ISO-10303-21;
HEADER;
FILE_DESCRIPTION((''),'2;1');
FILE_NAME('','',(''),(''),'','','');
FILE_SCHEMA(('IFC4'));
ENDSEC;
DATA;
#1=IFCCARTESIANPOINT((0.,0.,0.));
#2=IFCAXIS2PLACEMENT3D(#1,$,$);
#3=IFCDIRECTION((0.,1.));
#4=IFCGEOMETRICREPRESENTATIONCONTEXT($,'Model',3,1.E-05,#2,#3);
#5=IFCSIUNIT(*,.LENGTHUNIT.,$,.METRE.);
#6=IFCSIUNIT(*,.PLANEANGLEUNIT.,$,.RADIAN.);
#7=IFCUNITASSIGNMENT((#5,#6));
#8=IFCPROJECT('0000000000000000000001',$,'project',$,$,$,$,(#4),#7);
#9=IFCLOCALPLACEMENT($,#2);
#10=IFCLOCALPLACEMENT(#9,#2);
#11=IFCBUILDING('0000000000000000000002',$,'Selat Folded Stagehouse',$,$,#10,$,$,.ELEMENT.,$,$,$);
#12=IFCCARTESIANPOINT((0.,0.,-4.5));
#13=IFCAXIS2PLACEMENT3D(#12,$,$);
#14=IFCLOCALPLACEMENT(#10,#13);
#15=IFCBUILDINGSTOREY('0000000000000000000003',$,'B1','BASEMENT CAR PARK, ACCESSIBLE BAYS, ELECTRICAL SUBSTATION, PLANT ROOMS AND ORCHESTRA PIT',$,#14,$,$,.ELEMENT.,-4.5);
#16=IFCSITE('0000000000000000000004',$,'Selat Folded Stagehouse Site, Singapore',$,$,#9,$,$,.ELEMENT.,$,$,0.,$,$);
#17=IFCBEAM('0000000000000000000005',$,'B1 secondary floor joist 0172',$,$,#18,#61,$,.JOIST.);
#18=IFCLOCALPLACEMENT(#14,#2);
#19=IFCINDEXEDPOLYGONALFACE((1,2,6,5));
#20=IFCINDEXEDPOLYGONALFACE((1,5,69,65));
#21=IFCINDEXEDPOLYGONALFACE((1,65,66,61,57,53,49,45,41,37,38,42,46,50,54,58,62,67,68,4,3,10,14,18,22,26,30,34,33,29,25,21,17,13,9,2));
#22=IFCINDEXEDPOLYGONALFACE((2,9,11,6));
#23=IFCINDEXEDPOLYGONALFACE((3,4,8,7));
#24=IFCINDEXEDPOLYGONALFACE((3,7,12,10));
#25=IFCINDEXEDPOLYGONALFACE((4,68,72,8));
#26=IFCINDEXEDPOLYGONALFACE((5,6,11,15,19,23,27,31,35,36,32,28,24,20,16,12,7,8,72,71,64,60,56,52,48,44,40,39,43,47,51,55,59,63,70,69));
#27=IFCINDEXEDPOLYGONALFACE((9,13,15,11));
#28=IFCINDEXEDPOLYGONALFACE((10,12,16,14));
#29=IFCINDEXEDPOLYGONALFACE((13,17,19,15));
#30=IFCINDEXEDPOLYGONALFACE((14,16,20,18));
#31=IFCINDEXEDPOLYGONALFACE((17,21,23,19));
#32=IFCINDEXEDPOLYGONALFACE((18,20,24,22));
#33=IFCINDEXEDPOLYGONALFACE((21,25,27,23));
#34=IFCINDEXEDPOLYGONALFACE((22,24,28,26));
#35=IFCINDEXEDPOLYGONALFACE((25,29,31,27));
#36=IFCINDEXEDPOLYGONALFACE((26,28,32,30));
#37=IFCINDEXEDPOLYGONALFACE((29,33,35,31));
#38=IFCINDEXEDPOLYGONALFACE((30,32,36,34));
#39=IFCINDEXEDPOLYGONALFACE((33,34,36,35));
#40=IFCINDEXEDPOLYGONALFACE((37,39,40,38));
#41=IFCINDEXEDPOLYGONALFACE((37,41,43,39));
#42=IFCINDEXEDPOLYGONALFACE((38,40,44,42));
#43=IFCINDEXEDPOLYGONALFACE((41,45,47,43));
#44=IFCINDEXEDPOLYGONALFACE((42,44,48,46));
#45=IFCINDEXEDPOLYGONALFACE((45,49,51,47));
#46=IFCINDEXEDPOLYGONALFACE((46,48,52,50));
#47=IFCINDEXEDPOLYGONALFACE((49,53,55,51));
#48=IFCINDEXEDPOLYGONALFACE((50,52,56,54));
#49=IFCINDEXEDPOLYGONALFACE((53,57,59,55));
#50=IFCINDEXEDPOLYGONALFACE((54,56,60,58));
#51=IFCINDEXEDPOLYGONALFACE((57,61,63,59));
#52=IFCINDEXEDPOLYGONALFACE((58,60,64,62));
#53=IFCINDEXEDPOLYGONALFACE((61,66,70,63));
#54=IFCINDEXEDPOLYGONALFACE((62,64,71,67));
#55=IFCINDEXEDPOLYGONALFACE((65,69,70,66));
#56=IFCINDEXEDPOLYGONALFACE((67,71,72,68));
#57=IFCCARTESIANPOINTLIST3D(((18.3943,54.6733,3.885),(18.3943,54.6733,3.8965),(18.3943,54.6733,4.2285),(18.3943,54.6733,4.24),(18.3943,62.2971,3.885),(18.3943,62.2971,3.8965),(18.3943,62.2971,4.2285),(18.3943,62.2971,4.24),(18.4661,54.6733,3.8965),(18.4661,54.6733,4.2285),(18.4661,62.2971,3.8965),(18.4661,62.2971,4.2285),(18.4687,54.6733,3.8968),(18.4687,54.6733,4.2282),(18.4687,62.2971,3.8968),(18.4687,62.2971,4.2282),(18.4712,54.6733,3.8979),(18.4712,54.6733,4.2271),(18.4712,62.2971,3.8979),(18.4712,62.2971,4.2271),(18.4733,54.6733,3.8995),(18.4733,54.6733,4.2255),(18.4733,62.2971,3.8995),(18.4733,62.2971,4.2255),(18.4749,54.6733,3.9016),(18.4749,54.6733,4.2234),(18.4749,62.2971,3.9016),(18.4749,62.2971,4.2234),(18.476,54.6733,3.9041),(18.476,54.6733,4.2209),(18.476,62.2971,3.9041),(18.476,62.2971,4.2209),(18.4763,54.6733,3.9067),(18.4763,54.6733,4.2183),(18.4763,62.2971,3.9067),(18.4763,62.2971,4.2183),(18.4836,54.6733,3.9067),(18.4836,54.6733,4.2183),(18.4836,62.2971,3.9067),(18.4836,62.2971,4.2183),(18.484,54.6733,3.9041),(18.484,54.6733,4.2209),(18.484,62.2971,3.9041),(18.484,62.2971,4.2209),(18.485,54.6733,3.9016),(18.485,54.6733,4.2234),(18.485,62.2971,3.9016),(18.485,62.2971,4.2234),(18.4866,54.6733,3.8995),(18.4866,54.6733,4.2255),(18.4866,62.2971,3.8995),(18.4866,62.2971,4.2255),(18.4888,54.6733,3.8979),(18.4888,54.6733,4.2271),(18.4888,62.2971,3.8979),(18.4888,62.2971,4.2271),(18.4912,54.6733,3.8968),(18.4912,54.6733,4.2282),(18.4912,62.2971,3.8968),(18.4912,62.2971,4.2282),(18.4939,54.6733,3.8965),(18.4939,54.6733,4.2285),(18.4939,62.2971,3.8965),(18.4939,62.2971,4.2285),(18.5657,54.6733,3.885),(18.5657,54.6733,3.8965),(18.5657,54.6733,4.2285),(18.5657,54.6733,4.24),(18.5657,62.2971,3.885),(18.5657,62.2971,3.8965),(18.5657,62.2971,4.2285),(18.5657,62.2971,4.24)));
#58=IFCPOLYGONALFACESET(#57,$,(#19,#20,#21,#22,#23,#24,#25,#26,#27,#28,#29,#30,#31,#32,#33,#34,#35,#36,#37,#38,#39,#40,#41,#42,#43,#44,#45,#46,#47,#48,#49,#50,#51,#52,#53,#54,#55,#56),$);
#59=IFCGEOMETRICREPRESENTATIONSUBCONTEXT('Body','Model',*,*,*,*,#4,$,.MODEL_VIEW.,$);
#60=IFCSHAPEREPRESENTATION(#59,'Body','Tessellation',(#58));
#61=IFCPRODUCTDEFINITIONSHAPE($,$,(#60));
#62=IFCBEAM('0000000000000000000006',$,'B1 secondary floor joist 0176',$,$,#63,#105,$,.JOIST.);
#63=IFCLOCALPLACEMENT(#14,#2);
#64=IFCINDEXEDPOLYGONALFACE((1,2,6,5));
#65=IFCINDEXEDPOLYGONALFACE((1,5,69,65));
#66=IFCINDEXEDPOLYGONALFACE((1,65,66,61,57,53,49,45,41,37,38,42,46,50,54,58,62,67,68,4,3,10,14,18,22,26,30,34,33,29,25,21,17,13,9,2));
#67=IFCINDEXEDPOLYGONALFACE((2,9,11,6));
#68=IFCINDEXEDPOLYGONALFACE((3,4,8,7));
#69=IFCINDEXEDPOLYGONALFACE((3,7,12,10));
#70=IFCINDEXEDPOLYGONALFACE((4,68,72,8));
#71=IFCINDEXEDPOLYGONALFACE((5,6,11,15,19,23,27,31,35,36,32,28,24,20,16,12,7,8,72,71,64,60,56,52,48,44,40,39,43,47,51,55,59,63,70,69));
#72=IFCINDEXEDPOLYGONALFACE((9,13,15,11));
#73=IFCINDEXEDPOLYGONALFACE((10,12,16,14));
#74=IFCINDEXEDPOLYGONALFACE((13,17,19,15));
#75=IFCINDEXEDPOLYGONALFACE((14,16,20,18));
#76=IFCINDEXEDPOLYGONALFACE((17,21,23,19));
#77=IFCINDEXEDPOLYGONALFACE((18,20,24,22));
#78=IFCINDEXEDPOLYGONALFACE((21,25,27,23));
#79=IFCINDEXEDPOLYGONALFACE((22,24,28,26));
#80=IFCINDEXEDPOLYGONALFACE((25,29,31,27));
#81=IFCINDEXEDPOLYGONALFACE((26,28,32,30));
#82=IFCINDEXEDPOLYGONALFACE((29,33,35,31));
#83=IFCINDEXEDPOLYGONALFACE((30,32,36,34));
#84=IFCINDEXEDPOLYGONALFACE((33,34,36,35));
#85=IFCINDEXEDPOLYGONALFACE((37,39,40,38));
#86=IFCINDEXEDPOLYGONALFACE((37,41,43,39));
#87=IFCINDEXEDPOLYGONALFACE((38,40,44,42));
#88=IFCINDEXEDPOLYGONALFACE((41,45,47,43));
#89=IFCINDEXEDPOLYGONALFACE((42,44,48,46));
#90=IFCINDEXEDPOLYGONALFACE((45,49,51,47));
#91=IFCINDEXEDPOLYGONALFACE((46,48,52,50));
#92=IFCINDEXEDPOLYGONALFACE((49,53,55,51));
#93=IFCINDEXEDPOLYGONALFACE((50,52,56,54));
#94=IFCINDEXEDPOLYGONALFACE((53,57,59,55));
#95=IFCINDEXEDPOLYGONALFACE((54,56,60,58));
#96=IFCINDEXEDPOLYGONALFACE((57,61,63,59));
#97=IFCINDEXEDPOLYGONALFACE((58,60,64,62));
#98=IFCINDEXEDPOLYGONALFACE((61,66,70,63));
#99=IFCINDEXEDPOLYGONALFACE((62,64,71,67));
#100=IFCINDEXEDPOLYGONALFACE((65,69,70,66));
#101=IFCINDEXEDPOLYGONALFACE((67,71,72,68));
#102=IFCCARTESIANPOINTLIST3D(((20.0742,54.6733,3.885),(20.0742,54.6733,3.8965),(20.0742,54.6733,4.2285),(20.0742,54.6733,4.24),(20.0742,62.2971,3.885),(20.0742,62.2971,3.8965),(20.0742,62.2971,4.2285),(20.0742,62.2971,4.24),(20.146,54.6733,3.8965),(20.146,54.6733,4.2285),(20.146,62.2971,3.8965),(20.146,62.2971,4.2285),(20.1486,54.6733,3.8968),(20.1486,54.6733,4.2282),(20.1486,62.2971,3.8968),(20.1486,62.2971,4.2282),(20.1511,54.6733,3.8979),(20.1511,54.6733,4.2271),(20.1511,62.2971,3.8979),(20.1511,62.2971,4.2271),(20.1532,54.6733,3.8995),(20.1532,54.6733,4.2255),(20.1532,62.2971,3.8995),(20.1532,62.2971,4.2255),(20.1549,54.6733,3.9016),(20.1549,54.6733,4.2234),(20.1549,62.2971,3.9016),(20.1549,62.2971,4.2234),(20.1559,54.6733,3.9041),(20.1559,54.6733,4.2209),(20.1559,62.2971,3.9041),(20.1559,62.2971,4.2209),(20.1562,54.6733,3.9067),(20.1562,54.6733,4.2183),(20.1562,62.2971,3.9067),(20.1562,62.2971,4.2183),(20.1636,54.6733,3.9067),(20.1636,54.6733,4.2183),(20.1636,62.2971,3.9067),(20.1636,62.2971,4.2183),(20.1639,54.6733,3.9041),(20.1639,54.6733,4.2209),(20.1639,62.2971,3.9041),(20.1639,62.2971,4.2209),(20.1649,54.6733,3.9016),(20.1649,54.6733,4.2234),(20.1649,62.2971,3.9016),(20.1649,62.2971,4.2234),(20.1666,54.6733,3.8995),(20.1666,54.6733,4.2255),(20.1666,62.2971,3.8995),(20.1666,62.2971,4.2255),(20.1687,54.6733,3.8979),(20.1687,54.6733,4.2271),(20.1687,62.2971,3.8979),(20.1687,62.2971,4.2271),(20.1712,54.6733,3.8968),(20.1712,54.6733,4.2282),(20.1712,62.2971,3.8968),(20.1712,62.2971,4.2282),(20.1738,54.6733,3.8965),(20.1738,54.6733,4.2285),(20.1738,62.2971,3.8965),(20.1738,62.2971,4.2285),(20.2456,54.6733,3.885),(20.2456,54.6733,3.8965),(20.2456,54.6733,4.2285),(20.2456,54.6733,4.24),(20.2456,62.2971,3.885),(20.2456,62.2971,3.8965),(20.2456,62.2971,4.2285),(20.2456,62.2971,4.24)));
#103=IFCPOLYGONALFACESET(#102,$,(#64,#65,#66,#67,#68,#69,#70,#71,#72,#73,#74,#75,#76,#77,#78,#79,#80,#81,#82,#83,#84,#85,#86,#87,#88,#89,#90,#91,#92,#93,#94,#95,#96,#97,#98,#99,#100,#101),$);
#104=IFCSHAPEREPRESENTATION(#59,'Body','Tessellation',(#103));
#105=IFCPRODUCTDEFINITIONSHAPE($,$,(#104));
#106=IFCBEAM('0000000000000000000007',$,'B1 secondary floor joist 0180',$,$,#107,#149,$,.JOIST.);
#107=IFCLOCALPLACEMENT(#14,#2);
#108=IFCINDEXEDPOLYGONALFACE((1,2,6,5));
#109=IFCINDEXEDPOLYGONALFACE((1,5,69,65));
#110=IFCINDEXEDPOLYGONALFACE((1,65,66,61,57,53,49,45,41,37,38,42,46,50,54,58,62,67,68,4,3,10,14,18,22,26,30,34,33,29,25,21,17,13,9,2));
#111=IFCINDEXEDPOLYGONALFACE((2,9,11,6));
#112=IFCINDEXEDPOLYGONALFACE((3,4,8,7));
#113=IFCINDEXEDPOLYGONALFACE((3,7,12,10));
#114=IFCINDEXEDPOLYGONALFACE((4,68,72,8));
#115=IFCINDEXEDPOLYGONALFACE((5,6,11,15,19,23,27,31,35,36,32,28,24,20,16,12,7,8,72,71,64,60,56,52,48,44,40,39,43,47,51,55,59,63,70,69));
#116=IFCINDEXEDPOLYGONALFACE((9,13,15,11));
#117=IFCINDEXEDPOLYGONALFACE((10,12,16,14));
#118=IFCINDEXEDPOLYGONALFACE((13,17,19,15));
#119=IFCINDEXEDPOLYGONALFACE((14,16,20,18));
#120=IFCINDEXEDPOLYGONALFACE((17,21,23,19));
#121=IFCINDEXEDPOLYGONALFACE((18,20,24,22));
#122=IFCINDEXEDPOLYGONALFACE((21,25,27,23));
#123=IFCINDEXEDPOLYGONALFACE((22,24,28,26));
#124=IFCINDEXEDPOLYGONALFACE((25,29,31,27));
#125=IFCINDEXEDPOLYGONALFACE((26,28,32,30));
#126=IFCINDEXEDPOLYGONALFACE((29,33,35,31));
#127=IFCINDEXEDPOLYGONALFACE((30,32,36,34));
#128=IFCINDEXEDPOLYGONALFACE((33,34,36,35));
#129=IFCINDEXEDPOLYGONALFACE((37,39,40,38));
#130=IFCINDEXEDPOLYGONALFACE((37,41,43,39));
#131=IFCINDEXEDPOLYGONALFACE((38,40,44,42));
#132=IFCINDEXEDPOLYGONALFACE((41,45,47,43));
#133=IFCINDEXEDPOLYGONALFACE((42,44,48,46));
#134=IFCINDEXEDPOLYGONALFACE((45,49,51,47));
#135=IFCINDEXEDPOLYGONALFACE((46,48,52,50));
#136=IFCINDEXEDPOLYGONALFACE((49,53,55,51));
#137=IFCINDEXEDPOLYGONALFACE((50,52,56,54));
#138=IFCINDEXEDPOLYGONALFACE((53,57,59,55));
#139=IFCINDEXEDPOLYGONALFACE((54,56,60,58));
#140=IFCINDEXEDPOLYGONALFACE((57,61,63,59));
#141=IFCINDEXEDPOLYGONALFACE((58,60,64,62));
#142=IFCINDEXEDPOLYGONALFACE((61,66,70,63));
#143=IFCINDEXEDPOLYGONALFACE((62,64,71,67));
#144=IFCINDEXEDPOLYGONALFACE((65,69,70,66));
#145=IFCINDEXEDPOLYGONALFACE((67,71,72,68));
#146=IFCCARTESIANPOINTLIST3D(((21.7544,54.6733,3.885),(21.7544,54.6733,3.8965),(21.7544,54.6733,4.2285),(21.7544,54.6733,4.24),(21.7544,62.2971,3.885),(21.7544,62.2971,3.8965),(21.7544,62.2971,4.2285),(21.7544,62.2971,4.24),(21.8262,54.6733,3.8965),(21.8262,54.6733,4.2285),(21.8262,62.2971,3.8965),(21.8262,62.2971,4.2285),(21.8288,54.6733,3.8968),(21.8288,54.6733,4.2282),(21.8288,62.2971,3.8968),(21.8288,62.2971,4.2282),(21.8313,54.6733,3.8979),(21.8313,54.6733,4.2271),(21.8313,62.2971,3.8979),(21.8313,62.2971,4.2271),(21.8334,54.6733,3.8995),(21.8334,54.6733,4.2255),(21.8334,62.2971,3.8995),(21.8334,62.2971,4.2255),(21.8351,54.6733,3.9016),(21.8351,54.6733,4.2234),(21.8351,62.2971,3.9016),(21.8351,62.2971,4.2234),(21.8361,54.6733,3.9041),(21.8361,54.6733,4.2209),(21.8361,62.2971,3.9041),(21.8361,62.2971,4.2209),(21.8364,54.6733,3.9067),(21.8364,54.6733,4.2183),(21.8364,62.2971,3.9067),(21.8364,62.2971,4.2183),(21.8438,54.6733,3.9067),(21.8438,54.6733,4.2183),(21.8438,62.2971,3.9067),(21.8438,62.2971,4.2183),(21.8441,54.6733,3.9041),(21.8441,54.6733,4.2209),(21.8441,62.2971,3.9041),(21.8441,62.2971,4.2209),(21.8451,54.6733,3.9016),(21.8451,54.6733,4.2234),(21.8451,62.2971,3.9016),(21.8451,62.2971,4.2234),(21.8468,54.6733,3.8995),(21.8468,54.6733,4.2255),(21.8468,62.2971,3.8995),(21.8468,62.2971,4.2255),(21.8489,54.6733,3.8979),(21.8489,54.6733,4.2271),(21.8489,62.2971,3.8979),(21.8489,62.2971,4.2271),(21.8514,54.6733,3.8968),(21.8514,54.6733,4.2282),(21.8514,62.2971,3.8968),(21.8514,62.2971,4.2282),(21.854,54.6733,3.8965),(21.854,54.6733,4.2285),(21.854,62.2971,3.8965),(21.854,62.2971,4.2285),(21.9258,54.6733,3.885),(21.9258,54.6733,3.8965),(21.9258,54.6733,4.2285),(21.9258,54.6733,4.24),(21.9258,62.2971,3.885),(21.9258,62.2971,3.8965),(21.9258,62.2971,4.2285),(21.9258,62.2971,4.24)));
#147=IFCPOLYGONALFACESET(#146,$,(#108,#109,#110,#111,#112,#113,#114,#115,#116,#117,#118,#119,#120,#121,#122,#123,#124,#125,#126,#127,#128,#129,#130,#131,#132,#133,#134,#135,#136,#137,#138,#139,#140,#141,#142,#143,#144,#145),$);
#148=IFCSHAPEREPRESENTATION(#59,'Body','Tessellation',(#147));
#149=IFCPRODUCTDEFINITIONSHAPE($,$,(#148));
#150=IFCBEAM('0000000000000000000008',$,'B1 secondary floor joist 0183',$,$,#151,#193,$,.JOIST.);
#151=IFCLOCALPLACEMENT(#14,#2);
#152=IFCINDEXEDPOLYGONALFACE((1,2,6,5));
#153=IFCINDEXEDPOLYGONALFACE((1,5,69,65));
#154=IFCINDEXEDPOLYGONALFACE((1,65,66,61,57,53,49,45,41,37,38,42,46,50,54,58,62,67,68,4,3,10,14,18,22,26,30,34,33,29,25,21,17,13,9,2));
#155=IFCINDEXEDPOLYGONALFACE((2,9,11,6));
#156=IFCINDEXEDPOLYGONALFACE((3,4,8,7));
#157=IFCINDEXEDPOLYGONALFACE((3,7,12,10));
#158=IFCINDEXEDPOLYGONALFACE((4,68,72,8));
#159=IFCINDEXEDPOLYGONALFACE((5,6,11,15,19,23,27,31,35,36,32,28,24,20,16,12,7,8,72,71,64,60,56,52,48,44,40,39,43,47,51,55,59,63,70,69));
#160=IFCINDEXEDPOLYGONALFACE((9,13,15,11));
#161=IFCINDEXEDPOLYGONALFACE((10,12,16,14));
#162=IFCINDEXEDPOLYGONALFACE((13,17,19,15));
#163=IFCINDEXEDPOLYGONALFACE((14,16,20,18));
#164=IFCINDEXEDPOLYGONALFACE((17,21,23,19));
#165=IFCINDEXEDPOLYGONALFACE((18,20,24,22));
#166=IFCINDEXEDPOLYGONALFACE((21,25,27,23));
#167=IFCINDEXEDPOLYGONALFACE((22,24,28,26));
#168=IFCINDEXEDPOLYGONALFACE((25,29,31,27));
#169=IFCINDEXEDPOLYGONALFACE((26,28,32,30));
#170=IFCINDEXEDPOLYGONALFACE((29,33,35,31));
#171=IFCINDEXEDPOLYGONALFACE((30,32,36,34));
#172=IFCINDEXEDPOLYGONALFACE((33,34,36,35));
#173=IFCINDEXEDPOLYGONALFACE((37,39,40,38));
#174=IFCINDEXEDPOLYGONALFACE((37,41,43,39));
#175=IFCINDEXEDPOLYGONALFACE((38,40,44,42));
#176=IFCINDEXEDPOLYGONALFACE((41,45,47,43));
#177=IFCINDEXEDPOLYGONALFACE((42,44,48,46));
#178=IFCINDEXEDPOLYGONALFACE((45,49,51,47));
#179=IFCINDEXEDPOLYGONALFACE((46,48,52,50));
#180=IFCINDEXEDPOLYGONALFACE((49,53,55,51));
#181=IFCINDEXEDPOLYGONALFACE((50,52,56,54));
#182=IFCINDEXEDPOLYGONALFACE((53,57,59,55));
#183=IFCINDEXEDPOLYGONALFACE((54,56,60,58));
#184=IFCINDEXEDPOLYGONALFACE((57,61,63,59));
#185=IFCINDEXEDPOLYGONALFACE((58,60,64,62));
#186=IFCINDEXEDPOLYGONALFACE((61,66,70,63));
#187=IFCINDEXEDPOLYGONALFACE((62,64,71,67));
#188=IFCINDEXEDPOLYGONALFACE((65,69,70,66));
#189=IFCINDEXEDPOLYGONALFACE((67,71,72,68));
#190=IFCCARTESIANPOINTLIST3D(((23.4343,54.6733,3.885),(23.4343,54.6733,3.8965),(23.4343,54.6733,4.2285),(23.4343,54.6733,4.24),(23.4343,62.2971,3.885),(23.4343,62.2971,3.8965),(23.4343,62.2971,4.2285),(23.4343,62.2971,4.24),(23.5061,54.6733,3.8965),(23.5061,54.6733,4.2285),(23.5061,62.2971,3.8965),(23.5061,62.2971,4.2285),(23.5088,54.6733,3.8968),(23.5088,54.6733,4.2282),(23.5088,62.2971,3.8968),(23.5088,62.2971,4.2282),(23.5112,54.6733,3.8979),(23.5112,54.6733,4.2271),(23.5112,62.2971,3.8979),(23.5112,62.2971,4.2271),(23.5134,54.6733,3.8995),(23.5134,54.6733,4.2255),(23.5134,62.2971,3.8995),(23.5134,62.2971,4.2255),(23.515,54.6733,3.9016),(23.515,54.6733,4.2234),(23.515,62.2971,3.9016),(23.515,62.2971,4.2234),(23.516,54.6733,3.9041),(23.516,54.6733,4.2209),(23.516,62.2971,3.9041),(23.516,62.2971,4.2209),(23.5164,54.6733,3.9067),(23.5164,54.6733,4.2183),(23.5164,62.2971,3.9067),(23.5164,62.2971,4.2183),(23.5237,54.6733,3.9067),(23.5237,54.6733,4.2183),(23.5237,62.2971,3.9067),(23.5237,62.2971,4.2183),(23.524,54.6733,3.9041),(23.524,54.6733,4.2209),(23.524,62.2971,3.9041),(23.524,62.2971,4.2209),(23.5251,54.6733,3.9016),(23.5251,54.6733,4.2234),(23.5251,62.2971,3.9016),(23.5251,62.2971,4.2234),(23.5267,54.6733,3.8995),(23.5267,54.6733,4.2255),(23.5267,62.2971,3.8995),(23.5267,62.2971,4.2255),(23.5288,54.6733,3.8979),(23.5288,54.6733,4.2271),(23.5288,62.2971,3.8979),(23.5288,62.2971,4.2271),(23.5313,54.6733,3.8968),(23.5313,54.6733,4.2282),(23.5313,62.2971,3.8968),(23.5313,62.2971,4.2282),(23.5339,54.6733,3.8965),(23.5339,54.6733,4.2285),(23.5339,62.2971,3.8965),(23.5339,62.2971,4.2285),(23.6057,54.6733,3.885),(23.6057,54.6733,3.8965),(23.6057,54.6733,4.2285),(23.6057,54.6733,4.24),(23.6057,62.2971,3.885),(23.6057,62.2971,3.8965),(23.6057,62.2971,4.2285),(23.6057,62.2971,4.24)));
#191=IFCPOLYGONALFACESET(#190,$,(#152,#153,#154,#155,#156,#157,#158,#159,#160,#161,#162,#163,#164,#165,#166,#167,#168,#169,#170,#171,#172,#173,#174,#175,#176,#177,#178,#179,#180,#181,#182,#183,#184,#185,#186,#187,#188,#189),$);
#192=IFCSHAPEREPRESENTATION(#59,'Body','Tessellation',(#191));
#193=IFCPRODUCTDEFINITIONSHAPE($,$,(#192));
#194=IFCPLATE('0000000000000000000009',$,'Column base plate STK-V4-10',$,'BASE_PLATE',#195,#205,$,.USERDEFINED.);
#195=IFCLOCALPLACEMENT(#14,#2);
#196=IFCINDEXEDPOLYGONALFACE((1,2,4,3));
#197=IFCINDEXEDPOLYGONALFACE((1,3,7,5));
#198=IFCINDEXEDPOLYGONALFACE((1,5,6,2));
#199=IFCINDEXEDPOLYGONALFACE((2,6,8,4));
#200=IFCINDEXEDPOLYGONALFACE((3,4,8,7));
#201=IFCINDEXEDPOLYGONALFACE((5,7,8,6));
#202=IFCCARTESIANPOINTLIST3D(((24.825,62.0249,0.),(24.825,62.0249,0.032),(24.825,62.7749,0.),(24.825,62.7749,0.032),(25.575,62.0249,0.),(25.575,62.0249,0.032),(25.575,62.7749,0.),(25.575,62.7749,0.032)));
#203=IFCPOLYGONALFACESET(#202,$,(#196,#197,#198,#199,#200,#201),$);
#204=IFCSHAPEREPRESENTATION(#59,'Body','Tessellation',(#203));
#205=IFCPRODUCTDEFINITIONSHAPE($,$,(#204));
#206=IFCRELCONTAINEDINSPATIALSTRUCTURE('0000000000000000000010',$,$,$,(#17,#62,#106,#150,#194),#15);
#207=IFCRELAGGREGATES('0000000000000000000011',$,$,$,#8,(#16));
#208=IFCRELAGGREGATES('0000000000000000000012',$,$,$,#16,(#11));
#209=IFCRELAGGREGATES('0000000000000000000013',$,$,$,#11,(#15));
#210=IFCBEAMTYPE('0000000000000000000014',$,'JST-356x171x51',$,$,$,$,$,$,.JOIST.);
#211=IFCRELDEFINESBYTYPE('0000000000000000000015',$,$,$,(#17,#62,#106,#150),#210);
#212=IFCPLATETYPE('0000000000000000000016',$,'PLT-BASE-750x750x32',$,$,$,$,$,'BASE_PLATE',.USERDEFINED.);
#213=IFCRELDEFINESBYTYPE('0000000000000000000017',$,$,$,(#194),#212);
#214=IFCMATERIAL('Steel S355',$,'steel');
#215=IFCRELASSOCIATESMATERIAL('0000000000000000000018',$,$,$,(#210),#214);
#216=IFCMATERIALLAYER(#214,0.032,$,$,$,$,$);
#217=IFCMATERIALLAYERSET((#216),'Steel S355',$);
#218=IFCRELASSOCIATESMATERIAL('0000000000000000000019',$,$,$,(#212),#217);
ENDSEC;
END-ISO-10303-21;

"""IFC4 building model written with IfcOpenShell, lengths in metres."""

from ifc_helpers import new_model, si_unit, direction, frame, origin, origin_2d, place, context, subcontext, project, spatial, rectangle, i_section, extrude, material, layer, layer_set, material_profile, profile_set, type_object, element, save


model = new_model("IFC4")

# Units and contexts
model_context = context("Model", 3, precision=1e-05, world=origin(), true_north=direction((0.0, 1.0)))
body_context = subcontext(model_context, "Body", "Model", "MODEL_VIEW")
ifc_project = project(units=[si_unit("LENGTHUNIT", "METRE"), si_unit("PLANEANGLEUNIT", "RADIAN")], contexts=[model_context])

# Site, building, storey
site_placement = place(None, origin())
site = spatial("IfcSite", under=ifc_project, at=site_placement, Name="Selat Folded Stagehouse Site, Singapore", CompositionType="ELEMENT", RefElevation=0.0)
building_placement = place(site_placement, origin())
building = spatial("IfcBuilding", under=site, at=building_placement, Name="Selat Folded Stagehouse", CompositionType="ELEMENT")
storey_placement = place(building_placement, frame((0.0, 0.0, -4.5)))
storey = spatial("IfcBuildingStorey", under=building, at=storey_placement, Name="B1", Description="BASEMENT CAR PARK, ACCESSIBLE BAYS, ELECTRICAL SUBSTATION, PLANT ROOMS AND ORCHESTRA PIT", CompositionType="ELEMENT", Elevation=-4.5)

# Shared definitions
ifc_material_1 = material(Name="Steel S355", Category="steel")

# Beams
ifc_material_profile_1 = material_profile(ifc_material_1, i_section(OverallWidth=0.1714, OverallDepth=0.355, WebThickness=0.0073, FlangeThickness=0.0115, FilletRadius=0.0103, at=origin_2d()), Name="UKB 356x171x51")
ifc_profile_set_1 = profile_set([ifc_material_profile_1], Name="Steel S355")
beam_type_1 = type_object("IfcBeamType", Name="JST-356x171x51", PredefinedType="JOIST", material=ifc_profile_set_1)
for number, where, z_axis, x_axis, name in (
    (1, (18.48, 54.6733, 4.0625), (0.0, 1.0, 0.0), (-1.0, 0.0, 0.0), "B1 secondary floor joist 0172"),
    (2, (20.1599, 54.6733, 4.0625), (0.0, 1.0, 0.0), (-1.0, 0.0, 0.0), "B1 secondary floor joist 0176"),
    (3, (21.8401, 54.6733, 4.0625), (0.0, 1.0, 0.0), (-1.0, 0.0, 0.0), "B1 secondary floor joist 0180"),
    (4, (23.52, 54.6733, 4.0625), (0.0, 1.0, 0.0), (-1.0, 0.0, 0.0), "B1 secondary floor joist 0183"),
):
    element("IfcBeam", number, at=place(storey_placement, frame(where, z_axis=z_axis, x_axis=x_axis)), inside=storey, type_object=beam_type_1, Name=name, PredefinedType="JOIST", context=body_context, shape_type="SweptSolid", body=[
        extrude(i_section(OverallWidth=0.1714, OverallDepth=0.355, WebThickness=0.0073, FlangeThickness=0.0115, FilletRadius=0.0103, at=origin_2d()), origin(), (0.0, 0.0, 1.0), 7.6238),
    ])

# Plate
ifc_layer_1 = layer(ifc_material_1, 0.032)
ifc_layer_set_1 = layer_set([ifc_layer_1], Name="Steel S355")
plate_type_1 = type_object("IfcPlateType", Name="PLT-BASE-750x750x32", ElementType="BASE_PLATE", PredefinedType="USERDEFINED", material=ifc_layer_set_1)
plate_1_placement = place(storey_placement, frame((25.2, 62.3999, 0.0), z_axis=(0.0, 0.0, 1.0), x_axis=(1.0, 0.0, 0.0)))
element("IfcPlate", 5, at=plate_1_placement, inside=storey, type_object=plate_type_1, Name="Column base plate STK-V4-10", ObjectType="BASE_PLATE", PredefinedType="USERDEFINED", context=body_context, shape_type="SweptSolid", body=[
    extrude(rectangle(XDim=0.75, YDim=0.75, at=origin_2d()), origin(), (0.0, 0.0, 1.0), 0.032),
])

save(model, "model.ifc")
